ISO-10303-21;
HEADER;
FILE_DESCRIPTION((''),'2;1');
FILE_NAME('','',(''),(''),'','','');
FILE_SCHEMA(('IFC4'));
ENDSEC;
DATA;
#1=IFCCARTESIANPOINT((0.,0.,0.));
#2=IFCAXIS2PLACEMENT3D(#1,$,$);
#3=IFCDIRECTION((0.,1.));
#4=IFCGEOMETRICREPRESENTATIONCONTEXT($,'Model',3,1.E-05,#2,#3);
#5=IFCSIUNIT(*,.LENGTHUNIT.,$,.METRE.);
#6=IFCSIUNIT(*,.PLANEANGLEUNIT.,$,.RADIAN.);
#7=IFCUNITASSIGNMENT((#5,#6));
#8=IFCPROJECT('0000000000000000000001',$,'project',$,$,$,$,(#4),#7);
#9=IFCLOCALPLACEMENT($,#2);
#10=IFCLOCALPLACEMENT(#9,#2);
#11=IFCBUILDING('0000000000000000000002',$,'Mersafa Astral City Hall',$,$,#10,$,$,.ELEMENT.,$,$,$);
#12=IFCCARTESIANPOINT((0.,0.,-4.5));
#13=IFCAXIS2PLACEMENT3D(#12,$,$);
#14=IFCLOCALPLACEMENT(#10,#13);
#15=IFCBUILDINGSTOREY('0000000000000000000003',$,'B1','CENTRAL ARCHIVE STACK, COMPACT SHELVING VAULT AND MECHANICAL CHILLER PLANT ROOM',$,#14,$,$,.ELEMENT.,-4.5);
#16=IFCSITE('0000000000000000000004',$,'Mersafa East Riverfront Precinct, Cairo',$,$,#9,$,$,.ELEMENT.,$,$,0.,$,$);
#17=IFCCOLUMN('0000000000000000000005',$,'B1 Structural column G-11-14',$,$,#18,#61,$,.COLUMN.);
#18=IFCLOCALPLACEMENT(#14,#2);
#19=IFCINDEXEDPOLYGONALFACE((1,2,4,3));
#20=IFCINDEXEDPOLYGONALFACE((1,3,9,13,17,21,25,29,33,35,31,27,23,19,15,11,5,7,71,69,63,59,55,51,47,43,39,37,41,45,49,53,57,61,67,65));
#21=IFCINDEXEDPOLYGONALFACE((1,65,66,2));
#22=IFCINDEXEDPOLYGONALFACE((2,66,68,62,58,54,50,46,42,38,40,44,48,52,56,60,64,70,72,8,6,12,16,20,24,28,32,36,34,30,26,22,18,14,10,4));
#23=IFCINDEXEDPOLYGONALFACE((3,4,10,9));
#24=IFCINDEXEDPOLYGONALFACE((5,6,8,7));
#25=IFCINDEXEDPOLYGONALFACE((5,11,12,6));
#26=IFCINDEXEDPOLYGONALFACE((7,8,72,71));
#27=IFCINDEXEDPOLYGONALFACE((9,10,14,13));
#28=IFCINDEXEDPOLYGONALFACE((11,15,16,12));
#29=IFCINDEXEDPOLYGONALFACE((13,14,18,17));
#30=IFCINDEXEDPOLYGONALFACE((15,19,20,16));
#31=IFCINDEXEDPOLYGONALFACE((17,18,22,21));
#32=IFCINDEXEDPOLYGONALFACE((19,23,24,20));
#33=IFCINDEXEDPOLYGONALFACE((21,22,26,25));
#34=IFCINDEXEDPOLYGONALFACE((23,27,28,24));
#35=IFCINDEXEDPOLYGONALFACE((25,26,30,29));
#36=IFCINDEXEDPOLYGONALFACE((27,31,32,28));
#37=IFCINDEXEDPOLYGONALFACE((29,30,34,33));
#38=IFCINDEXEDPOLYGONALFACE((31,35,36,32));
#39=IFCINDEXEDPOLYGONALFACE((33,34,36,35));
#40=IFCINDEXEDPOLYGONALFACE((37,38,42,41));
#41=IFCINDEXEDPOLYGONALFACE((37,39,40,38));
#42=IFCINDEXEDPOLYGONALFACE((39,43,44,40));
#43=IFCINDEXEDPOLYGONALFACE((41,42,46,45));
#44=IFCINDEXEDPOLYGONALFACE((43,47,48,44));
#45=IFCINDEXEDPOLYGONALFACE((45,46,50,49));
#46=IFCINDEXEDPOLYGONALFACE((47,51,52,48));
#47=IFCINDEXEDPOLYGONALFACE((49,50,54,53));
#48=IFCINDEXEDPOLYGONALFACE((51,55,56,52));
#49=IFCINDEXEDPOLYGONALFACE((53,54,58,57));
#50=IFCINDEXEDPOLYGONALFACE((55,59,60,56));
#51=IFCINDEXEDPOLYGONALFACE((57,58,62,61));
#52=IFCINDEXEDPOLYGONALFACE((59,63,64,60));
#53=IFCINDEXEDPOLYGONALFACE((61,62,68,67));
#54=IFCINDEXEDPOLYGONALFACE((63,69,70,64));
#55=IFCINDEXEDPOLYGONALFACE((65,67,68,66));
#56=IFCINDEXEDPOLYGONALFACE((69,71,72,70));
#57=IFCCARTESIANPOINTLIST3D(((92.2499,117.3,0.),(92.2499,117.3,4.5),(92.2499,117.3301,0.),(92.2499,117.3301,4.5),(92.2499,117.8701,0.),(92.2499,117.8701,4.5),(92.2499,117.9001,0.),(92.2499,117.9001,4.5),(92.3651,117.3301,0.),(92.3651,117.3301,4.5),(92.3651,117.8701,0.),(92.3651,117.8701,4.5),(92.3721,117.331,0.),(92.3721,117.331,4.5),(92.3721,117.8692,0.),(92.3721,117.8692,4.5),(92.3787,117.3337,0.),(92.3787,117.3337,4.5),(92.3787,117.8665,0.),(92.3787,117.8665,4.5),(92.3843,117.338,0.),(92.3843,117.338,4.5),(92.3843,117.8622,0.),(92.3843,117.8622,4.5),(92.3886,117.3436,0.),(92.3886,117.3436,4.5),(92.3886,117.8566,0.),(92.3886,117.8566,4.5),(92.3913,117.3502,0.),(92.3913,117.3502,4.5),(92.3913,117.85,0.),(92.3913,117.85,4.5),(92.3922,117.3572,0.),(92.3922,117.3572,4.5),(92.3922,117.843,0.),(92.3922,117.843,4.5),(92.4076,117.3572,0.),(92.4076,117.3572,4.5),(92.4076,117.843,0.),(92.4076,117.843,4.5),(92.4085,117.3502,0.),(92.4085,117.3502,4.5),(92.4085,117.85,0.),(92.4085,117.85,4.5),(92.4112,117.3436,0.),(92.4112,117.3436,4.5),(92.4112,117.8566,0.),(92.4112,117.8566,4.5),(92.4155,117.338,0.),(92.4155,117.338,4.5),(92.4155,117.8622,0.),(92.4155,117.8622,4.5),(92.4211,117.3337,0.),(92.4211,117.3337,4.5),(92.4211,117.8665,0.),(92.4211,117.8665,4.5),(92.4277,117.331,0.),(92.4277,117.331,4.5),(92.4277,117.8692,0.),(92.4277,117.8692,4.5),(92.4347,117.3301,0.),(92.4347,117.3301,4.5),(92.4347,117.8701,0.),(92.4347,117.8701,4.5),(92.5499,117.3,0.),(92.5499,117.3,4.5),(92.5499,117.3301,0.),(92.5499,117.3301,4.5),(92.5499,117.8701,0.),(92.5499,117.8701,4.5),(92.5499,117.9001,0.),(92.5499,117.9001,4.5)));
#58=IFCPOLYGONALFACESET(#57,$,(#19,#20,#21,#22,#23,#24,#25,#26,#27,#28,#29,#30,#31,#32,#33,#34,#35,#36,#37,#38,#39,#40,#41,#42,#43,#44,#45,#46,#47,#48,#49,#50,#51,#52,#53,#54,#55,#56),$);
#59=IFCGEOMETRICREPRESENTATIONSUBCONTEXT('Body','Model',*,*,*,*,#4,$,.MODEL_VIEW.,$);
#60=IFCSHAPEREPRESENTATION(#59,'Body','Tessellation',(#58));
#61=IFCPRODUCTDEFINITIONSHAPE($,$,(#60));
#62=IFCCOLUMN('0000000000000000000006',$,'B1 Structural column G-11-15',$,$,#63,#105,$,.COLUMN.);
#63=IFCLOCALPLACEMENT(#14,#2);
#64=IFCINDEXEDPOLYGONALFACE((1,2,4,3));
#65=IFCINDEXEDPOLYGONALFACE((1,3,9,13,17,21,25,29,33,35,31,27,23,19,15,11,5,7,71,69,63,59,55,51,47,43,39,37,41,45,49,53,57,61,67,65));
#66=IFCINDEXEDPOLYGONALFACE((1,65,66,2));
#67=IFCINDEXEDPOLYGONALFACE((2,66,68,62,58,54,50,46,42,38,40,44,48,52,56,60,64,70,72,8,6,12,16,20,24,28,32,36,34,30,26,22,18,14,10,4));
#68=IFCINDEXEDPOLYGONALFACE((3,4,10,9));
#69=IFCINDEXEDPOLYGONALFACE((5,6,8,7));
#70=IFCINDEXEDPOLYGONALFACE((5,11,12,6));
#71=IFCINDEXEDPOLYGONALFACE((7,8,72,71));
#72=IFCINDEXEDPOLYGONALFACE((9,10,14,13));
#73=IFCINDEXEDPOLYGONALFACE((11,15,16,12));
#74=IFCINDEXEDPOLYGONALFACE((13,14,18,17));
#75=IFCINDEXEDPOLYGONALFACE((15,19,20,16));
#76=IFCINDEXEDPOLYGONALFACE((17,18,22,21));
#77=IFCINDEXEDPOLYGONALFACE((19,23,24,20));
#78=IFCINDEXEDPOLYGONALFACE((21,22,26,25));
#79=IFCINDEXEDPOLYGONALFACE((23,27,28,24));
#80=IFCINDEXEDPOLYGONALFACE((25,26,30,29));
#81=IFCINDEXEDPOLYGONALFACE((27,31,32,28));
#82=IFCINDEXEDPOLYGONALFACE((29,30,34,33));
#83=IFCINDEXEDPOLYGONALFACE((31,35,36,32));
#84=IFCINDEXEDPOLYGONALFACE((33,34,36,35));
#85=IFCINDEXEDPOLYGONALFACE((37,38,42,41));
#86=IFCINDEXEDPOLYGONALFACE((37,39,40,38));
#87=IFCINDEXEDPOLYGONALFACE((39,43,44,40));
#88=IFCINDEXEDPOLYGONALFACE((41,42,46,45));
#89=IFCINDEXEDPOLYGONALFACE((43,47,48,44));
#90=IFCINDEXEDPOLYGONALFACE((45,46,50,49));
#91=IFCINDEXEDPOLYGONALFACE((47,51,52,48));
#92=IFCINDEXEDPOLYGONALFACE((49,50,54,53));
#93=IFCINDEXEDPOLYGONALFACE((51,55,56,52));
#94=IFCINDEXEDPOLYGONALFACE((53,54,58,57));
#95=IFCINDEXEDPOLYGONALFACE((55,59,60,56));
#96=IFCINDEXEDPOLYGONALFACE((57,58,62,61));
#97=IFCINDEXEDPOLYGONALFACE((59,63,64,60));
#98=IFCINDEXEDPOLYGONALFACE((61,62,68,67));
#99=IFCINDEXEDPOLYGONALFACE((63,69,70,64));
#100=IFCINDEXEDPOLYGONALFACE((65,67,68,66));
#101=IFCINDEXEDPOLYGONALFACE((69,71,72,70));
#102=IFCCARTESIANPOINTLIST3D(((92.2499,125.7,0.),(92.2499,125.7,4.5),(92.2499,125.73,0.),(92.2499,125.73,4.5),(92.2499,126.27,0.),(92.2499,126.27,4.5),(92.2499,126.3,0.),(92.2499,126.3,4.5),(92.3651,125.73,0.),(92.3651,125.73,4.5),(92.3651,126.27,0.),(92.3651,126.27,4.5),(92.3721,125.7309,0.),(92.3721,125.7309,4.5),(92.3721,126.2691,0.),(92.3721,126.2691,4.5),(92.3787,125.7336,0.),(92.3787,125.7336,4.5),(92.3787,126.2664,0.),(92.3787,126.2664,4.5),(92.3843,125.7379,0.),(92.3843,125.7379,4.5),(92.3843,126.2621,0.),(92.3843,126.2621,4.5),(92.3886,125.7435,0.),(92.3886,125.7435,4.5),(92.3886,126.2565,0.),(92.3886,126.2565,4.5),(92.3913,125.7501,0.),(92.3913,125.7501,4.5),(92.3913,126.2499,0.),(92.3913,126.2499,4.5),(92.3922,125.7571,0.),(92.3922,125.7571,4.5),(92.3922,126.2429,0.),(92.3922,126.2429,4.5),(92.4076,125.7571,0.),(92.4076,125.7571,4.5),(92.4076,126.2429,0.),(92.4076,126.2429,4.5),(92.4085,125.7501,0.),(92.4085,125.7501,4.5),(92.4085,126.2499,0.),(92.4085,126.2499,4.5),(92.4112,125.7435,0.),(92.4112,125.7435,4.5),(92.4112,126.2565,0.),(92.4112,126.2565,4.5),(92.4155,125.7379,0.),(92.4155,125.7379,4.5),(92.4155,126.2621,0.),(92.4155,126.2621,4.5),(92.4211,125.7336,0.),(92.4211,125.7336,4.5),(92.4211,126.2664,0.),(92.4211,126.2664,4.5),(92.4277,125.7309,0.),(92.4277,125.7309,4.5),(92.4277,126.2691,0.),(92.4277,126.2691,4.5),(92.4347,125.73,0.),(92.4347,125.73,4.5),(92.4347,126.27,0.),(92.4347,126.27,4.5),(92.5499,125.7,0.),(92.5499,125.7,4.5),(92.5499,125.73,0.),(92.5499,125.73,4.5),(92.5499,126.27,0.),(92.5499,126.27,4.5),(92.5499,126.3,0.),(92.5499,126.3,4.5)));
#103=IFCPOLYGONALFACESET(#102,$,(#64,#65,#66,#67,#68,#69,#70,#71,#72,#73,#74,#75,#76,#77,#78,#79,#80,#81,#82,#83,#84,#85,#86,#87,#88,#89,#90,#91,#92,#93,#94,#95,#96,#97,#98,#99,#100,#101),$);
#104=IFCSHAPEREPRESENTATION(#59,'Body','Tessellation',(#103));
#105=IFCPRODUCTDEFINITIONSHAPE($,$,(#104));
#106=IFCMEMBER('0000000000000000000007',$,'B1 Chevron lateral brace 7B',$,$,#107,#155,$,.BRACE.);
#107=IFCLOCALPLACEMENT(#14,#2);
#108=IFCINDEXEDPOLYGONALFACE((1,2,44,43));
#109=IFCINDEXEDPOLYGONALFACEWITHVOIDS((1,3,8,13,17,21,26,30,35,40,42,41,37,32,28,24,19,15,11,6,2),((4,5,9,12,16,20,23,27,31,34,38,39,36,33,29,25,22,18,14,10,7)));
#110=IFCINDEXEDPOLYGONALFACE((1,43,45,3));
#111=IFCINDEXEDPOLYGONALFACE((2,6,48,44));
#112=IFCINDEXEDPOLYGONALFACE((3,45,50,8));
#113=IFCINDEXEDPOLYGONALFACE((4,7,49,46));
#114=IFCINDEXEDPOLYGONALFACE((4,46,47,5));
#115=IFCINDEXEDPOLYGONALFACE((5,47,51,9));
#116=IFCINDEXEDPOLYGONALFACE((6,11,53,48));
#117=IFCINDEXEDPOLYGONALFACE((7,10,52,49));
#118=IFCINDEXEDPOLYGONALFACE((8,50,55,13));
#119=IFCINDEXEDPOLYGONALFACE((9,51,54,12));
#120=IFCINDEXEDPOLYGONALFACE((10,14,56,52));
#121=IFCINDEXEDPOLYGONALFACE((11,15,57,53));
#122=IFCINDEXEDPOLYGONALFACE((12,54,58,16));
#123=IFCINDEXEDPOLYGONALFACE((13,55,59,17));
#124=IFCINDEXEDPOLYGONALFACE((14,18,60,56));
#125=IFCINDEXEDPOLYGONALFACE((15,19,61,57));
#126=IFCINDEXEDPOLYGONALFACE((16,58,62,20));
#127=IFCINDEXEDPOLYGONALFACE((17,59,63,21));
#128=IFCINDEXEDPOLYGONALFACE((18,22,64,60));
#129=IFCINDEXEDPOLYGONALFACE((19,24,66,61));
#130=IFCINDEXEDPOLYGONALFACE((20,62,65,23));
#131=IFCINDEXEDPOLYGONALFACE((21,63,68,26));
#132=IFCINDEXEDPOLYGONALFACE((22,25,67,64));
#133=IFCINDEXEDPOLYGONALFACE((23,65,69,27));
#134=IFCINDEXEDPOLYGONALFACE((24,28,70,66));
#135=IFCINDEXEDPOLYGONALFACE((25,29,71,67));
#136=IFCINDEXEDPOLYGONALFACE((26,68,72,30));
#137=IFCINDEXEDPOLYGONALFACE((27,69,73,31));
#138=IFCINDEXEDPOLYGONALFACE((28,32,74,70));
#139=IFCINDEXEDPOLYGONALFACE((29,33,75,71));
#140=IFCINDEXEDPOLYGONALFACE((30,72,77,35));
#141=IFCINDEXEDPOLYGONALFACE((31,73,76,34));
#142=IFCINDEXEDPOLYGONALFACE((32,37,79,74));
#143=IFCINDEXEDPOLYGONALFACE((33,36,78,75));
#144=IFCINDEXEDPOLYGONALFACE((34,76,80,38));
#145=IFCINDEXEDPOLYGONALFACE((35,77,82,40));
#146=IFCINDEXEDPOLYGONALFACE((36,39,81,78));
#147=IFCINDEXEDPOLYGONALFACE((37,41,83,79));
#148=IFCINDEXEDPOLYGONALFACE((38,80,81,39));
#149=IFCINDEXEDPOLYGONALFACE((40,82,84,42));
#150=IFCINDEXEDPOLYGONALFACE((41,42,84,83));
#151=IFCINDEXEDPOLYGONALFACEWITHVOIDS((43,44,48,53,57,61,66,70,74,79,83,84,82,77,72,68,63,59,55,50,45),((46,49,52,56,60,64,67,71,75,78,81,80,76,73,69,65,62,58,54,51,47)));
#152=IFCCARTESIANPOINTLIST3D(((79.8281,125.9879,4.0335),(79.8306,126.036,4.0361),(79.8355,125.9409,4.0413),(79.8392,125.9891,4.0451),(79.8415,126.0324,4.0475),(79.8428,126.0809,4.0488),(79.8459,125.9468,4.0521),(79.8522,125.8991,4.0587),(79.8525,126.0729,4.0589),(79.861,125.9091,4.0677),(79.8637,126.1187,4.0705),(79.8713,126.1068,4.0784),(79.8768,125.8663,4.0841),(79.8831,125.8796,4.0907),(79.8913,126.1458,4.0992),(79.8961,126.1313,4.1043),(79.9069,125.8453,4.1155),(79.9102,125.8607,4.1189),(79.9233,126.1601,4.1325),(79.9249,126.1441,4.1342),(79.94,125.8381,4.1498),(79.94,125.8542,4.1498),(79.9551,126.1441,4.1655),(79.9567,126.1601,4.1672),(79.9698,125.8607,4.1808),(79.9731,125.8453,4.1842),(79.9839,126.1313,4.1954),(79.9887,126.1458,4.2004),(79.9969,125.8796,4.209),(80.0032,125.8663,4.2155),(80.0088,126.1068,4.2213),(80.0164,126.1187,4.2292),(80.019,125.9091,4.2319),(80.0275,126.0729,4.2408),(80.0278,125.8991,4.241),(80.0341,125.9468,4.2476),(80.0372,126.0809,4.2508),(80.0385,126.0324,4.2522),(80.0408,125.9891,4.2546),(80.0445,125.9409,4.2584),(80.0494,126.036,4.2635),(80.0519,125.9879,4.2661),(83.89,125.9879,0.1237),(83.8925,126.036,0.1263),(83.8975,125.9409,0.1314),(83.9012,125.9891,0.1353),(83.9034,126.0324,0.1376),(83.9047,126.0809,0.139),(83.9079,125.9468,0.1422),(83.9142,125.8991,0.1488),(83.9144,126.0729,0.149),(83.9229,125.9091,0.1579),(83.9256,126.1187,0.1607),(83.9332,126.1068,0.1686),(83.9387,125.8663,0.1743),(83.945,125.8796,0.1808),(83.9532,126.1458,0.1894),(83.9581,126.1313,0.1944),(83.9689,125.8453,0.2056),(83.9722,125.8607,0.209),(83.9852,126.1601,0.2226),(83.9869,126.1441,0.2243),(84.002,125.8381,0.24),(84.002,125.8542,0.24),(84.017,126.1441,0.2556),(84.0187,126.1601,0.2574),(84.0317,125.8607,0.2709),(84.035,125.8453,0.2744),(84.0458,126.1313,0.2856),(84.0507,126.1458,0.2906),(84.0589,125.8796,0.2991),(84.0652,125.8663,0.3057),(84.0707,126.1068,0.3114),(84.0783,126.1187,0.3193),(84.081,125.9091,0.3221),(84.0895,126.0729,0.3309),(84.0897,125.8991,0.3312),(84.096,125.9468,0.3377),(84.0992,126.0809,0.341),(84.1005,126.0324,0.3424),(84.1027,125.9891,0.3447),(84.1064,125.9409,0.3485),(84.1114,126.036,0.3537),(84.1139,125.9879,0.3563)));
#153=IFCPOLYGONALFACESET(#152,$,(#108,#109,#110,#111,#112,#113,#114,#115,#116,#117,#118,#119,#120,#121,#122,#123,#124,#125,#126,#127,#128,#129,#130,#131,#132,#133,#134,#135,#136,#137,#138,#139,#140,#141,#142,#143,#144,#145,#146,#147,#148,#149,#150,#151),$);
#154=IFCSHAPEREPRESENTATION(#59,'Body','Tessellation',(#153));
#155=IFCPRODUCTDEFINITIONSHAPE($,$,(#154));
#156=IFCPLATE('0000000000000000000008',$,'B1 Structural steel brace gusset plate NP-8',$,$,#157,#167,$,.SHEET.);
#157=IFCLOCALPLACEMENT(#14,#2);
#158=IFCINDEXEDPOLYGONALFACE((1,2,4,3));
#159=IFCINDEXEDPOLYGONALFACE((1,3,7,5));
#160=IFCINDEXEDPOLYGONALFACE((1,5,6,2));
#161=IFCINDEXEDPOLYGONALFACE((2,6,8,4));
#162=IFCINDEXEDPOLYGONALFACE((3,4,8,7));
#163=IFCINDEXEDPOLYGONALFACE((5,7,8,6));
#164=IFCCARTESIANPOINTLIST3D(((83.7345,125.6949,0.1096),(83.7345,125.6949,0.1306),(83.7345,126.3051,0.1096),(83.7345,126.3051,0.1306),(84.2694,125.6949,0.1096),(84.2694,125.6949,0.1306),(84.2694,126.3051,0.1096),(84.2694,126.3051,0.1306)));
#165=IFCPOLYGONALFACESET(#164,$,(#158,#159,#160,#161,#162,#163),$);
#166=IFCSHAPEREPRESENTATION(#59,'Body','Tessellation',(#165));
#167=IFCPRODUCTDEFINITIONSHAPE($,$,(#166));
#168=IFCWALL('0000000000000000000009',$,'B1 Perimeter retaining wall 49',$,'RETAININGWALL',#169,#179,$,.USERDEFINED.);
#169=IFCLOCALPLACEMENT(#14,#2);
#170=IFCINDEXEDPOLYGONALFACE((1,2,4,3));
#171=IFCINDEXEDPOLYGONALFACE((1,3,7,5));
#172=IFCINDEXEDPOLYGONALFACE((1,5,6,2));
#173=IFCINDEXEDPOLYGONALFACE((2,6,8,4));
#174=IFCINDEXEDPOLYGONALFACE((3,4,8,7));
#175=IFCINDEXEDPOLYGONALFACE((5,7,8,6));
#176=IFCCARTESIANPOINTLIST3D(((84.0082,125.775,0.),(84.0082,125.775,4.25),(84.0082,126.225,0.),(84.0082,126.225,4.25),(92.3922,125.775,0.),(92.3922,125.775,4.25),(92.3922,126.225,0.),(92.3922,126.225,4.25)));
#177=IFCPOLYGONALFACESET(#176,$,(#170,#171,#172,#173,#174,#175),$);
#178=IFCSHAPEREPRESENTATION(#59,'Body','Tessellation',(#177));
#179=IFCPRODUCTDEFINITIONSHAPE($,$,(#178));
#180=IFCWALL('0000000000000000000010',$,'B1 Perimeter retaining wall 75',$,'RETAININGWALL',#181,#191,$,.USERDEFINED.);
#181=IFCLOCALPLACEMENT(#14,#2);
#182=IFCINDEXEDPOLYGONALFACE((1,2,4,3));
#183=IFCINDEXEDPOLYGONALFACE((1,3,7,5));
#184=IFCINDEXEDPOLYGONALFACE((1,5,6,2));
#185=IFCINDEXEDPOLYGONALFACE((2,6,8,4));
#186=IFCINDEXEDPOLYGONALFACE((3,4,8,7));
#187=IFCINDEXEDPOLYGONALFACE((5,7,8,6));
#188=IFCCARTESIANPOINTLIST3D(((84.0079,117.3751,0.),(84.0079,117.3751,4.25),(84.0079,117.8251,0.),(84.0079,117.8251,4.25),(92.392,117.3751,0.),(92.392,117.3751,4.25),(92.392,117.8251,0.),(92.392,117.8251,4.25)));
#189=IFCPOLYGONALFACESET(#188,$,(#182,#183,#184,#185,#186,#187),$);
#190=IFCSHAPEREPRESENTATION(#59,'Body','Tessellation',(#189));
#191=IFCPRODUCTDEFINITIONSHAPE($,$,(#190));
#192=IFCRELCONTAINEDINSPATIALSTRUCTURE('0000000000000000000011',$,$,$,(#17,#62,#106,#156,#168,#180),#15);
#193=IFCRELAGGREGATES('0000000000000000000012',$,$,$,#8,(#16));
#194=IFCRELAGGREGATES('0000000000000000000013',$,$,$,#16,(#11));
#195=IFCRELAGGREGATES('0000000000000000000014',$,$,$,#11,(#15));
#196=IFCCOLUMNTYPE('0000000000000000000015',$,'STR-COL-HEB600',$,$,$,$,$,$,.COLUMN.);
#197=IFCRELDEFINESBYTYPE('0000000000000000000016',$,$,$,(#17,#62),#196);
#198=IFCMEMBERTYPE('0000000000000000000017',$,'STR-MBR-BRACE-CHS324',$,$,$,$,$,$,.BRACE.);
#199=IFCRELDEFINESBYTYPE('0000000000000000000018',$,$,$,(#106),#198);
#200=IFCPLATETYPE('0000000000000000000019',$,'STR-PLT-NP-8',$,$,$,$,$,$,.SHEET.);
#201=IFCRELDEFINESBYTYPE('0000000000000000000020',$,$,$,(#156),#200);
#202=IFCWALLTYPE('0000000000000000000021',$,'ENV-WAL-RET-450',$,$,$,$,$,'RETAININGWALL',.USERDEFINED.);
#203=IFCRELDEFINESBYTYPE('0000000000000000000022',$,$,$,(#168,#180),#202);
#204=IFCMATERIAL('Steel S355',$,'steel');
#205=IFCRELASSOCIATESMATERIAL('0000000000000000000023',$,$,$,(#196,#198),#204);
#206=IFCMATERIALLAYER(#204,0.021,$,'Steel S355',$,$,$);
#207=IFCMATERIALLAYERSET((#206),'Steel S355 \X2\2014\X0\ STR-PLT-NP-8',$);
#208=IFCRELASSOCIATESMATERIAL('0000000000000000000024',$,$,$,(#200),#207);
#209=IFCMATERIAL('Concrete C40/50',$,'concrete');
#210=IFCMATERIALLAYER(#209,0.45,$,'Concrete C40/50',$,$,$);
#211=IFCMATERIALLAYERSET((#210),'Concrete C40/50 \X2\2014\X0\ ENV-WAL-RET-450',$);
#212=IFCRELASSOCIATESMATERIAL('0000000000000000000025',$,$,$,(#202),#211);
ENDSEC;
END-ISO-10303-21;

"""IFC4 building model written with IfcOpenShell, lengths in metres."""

from ifc_helpers import new_model, si_unit, direction, frame, frame_2d, origin, origin_2d, place, context, subcontext, project, spatial, rectangle, hollow_circle, i_section, extrude, material, layer, layer_set, material_profile, profile_set, type_object, element, save


model = new_model("IFC4")

# Units and contexts
model_context = context("Model", 3, precision=1e-05, world=origin(), true_north=direction((0.0, 1.0)))
body_context = subcontext(model_context, "Body", "Model", "MODEL_VIEW")
ifc_project = project(units=[si_unit("LENGTHUNIT", "METRE"), si_unit("PLANEANGLEUNIT", "RADIAN")], contexts=[model_context])

# Site, building, storey
site_placement = place(None, origin())
site = spatial("IfcSite", under=ifc_project, at=site_placement, Name="Mersafa East Riverfront Precinct, Cairo", CompositionType="ELEMENT", RefElevation=0.0)
building_placement = place(site_placement, origin())
building = spatial("IfcBuilding", under=site, at=building_placement, Name="Mersafa Astral City Hall", CompositionType="ELEMENT")
storey_placement = place(building_placement, frame((0.0, 0.0, -4.5)))
storey = spatial("IfcBuildingStorey", under=building, at=storey_placement, Name="B1", Description="CENTRAL ARCHIVE STACK, COMPACT SHELVING VAULT AND MECHANICAL CHILLER PLANT ROOM", CompositionType="ELEMENT", Elevation=-4.5)

# Shared definitions
ifc_material_1 = material(Name="Concrete C40/50", Category="concrete")

# Columns
ifc_material_2 = material(Name="Steel S355", Category="steel")
ifc_material_profile_1 = material_profile(ifc_material_2, i_section(OverallWidth=0.3, OverallDepth=0.6001, WebThickness=0.0154, FlangeThickness=0.03, FilletRadius=0.0271, at=origin_2d()), Name="HEB 600")
ifc_profile_set_1 = profile_set([ifc_material_profile_1], Name="Steel S355")
column_type = type_object("IfcColumnType", Name="STR-COL-HEB600", PredefinedType="COLUMN", material=ifc_profile_set_1)
for number, where, z_axis, x_axis, name in (
    (1, (92.3999, 117.6001, 0.0), (0.0, 0.0, 1.0), (1.0, 0.0, 0.0), "B1 Structural column G-11-14"),
    (2, (92.3999, 126.0, 0.0), (0.0, 0.0, 1.0), (1.0, 0.0, 0.0), "B1 Structural column G-11-15"),
):
    element("IfcColumn", number, at=place(storey_placement, frame(where, z_axis=z_axis, x_axis=x_axis)), inside=storey, type_object=column_type, Name=name, PredefinedType="COLUMN", context=body_context, shape_type="SweptSolid", body=[
        extrude(i_section(OverallWidth=0.3, OverallDepth=0.6001, WebThickness=0.0154, FlangeThickness=0.03, FilletRadius=0.0271, at=origin_2d()), origin(), (0.0, 0.0, 1.0), 4.5),
    ])

# Member
ifc_material_profile_2 = material_profile(ifc_material_2, hollow_circle(Radius=0.1619, WallThickness=0.0161, at=origin_2d()), Name="CHS 323.9x16")
ifc_profile_set_2 = profile_set([ifc_material_profile_2], Name="Steel S355")
member_type = type_object("IfcMemberType", Name="STR-MBR-BRACE-CHS324", PredefinedType="BRACE", material=ifc_profile_set_2)
member_placement = place(storey_placement, frame((84.002, 126.0, 0.24), z_axis=(-0.720467, 0.0, 0.693489), x_axis=(0.0, -1.0, 0.0)))
element("IfcMember", 3, at=member_placement, inside=storey, type_object=member_type, Name="B1 Chevron lateral brace 7B", PredefinedType="BRACE", context=body_context, shape_type="SweptSolid", body=[
    extrude(hollow_circle(Radius=0.1619, WallThickness=0.0161, at=origin_2d()), origin(), (0.0, 0.0, 1.0), 5.6379),
])

# Plate
ifc_layer_1 = layer(ifc_material_2, 0.021, Name="Steel S355")
ifc_layer_set_1 = layer_set([ifc_layer_1], Name="Steel S355 — STR-PLT-NP-8")
plate_type = type_object("IfcPlateType", Name="STR-PLT-NP-8", PredefinedType="SHEET", material=ifc_layer_set_1)
plate_placement = place(storey_placement, frame((84.002, 126.0, 0.1096), z_axis=(0.0, 0.0, 1.0), x_axis=(1.0, 0.0, 0.0)))
element("IfcPlate", 4, at=plate_placement, inside=storey, type_object=plate_type, Name="B1 Structural steel brace gusset plate NP-8", PredefinedType="SHEET", context=body_context, shape_type="SweptSolid", body=[
    extrude(rectangle(XDim=0.5349, YDim=0.6101, at=origin_2d()), origin(), (0.0, 0.0, 1.0), 0.021),
])

# Walls
ifc_layer_2 = layer(ifc_material_1, 0.45, Name="Concrete C40/50")
ifc_layer_set_2 = layer_set([ifc_layer_2], Name="Concrete C40/50 — ENV-WAL-RET-450")
wall_type_1 = type_object("IfcWallType", Name="ENV-WAL-RET-450", ElementType="RETAININGWALL", PredefinedType="USERDEFINED", material=ifc_layer_set_2)
for number, where, z_axis, x_axis, name in (
    (5, (92.3921, 126.0, 0.0), (0.0, 0.0, 1.0), (-1.0, 0.0, 0.0), "B1 Perimeter retaining wall 49"),
    (6, (84.0081, 117.6001, 0.0), (0.0, 0.0, 1.0), (1.0, 0.0, 0.0), "B1 Perimeter retaining wall 75"),
):
    element("IfcWall", number, at=place(storey_placement, frame(where, z_axis=z_axis, x_axis=x_axis)), inside=storey, type_object=wall_type_1, Name=name, ObjectType="RETAININGWALL", PredefinedType="USERDEFINED", context=body_context, shape_type="SweptSolid", body=[
        extrude(rectangle(XDim=8.384, YDim=0.45, at=frame_2d((4.1919, 0.0))), origin(), (0.0, 0.0, 1.0), 4.25),
    ])

save(model, "model.ifc")
